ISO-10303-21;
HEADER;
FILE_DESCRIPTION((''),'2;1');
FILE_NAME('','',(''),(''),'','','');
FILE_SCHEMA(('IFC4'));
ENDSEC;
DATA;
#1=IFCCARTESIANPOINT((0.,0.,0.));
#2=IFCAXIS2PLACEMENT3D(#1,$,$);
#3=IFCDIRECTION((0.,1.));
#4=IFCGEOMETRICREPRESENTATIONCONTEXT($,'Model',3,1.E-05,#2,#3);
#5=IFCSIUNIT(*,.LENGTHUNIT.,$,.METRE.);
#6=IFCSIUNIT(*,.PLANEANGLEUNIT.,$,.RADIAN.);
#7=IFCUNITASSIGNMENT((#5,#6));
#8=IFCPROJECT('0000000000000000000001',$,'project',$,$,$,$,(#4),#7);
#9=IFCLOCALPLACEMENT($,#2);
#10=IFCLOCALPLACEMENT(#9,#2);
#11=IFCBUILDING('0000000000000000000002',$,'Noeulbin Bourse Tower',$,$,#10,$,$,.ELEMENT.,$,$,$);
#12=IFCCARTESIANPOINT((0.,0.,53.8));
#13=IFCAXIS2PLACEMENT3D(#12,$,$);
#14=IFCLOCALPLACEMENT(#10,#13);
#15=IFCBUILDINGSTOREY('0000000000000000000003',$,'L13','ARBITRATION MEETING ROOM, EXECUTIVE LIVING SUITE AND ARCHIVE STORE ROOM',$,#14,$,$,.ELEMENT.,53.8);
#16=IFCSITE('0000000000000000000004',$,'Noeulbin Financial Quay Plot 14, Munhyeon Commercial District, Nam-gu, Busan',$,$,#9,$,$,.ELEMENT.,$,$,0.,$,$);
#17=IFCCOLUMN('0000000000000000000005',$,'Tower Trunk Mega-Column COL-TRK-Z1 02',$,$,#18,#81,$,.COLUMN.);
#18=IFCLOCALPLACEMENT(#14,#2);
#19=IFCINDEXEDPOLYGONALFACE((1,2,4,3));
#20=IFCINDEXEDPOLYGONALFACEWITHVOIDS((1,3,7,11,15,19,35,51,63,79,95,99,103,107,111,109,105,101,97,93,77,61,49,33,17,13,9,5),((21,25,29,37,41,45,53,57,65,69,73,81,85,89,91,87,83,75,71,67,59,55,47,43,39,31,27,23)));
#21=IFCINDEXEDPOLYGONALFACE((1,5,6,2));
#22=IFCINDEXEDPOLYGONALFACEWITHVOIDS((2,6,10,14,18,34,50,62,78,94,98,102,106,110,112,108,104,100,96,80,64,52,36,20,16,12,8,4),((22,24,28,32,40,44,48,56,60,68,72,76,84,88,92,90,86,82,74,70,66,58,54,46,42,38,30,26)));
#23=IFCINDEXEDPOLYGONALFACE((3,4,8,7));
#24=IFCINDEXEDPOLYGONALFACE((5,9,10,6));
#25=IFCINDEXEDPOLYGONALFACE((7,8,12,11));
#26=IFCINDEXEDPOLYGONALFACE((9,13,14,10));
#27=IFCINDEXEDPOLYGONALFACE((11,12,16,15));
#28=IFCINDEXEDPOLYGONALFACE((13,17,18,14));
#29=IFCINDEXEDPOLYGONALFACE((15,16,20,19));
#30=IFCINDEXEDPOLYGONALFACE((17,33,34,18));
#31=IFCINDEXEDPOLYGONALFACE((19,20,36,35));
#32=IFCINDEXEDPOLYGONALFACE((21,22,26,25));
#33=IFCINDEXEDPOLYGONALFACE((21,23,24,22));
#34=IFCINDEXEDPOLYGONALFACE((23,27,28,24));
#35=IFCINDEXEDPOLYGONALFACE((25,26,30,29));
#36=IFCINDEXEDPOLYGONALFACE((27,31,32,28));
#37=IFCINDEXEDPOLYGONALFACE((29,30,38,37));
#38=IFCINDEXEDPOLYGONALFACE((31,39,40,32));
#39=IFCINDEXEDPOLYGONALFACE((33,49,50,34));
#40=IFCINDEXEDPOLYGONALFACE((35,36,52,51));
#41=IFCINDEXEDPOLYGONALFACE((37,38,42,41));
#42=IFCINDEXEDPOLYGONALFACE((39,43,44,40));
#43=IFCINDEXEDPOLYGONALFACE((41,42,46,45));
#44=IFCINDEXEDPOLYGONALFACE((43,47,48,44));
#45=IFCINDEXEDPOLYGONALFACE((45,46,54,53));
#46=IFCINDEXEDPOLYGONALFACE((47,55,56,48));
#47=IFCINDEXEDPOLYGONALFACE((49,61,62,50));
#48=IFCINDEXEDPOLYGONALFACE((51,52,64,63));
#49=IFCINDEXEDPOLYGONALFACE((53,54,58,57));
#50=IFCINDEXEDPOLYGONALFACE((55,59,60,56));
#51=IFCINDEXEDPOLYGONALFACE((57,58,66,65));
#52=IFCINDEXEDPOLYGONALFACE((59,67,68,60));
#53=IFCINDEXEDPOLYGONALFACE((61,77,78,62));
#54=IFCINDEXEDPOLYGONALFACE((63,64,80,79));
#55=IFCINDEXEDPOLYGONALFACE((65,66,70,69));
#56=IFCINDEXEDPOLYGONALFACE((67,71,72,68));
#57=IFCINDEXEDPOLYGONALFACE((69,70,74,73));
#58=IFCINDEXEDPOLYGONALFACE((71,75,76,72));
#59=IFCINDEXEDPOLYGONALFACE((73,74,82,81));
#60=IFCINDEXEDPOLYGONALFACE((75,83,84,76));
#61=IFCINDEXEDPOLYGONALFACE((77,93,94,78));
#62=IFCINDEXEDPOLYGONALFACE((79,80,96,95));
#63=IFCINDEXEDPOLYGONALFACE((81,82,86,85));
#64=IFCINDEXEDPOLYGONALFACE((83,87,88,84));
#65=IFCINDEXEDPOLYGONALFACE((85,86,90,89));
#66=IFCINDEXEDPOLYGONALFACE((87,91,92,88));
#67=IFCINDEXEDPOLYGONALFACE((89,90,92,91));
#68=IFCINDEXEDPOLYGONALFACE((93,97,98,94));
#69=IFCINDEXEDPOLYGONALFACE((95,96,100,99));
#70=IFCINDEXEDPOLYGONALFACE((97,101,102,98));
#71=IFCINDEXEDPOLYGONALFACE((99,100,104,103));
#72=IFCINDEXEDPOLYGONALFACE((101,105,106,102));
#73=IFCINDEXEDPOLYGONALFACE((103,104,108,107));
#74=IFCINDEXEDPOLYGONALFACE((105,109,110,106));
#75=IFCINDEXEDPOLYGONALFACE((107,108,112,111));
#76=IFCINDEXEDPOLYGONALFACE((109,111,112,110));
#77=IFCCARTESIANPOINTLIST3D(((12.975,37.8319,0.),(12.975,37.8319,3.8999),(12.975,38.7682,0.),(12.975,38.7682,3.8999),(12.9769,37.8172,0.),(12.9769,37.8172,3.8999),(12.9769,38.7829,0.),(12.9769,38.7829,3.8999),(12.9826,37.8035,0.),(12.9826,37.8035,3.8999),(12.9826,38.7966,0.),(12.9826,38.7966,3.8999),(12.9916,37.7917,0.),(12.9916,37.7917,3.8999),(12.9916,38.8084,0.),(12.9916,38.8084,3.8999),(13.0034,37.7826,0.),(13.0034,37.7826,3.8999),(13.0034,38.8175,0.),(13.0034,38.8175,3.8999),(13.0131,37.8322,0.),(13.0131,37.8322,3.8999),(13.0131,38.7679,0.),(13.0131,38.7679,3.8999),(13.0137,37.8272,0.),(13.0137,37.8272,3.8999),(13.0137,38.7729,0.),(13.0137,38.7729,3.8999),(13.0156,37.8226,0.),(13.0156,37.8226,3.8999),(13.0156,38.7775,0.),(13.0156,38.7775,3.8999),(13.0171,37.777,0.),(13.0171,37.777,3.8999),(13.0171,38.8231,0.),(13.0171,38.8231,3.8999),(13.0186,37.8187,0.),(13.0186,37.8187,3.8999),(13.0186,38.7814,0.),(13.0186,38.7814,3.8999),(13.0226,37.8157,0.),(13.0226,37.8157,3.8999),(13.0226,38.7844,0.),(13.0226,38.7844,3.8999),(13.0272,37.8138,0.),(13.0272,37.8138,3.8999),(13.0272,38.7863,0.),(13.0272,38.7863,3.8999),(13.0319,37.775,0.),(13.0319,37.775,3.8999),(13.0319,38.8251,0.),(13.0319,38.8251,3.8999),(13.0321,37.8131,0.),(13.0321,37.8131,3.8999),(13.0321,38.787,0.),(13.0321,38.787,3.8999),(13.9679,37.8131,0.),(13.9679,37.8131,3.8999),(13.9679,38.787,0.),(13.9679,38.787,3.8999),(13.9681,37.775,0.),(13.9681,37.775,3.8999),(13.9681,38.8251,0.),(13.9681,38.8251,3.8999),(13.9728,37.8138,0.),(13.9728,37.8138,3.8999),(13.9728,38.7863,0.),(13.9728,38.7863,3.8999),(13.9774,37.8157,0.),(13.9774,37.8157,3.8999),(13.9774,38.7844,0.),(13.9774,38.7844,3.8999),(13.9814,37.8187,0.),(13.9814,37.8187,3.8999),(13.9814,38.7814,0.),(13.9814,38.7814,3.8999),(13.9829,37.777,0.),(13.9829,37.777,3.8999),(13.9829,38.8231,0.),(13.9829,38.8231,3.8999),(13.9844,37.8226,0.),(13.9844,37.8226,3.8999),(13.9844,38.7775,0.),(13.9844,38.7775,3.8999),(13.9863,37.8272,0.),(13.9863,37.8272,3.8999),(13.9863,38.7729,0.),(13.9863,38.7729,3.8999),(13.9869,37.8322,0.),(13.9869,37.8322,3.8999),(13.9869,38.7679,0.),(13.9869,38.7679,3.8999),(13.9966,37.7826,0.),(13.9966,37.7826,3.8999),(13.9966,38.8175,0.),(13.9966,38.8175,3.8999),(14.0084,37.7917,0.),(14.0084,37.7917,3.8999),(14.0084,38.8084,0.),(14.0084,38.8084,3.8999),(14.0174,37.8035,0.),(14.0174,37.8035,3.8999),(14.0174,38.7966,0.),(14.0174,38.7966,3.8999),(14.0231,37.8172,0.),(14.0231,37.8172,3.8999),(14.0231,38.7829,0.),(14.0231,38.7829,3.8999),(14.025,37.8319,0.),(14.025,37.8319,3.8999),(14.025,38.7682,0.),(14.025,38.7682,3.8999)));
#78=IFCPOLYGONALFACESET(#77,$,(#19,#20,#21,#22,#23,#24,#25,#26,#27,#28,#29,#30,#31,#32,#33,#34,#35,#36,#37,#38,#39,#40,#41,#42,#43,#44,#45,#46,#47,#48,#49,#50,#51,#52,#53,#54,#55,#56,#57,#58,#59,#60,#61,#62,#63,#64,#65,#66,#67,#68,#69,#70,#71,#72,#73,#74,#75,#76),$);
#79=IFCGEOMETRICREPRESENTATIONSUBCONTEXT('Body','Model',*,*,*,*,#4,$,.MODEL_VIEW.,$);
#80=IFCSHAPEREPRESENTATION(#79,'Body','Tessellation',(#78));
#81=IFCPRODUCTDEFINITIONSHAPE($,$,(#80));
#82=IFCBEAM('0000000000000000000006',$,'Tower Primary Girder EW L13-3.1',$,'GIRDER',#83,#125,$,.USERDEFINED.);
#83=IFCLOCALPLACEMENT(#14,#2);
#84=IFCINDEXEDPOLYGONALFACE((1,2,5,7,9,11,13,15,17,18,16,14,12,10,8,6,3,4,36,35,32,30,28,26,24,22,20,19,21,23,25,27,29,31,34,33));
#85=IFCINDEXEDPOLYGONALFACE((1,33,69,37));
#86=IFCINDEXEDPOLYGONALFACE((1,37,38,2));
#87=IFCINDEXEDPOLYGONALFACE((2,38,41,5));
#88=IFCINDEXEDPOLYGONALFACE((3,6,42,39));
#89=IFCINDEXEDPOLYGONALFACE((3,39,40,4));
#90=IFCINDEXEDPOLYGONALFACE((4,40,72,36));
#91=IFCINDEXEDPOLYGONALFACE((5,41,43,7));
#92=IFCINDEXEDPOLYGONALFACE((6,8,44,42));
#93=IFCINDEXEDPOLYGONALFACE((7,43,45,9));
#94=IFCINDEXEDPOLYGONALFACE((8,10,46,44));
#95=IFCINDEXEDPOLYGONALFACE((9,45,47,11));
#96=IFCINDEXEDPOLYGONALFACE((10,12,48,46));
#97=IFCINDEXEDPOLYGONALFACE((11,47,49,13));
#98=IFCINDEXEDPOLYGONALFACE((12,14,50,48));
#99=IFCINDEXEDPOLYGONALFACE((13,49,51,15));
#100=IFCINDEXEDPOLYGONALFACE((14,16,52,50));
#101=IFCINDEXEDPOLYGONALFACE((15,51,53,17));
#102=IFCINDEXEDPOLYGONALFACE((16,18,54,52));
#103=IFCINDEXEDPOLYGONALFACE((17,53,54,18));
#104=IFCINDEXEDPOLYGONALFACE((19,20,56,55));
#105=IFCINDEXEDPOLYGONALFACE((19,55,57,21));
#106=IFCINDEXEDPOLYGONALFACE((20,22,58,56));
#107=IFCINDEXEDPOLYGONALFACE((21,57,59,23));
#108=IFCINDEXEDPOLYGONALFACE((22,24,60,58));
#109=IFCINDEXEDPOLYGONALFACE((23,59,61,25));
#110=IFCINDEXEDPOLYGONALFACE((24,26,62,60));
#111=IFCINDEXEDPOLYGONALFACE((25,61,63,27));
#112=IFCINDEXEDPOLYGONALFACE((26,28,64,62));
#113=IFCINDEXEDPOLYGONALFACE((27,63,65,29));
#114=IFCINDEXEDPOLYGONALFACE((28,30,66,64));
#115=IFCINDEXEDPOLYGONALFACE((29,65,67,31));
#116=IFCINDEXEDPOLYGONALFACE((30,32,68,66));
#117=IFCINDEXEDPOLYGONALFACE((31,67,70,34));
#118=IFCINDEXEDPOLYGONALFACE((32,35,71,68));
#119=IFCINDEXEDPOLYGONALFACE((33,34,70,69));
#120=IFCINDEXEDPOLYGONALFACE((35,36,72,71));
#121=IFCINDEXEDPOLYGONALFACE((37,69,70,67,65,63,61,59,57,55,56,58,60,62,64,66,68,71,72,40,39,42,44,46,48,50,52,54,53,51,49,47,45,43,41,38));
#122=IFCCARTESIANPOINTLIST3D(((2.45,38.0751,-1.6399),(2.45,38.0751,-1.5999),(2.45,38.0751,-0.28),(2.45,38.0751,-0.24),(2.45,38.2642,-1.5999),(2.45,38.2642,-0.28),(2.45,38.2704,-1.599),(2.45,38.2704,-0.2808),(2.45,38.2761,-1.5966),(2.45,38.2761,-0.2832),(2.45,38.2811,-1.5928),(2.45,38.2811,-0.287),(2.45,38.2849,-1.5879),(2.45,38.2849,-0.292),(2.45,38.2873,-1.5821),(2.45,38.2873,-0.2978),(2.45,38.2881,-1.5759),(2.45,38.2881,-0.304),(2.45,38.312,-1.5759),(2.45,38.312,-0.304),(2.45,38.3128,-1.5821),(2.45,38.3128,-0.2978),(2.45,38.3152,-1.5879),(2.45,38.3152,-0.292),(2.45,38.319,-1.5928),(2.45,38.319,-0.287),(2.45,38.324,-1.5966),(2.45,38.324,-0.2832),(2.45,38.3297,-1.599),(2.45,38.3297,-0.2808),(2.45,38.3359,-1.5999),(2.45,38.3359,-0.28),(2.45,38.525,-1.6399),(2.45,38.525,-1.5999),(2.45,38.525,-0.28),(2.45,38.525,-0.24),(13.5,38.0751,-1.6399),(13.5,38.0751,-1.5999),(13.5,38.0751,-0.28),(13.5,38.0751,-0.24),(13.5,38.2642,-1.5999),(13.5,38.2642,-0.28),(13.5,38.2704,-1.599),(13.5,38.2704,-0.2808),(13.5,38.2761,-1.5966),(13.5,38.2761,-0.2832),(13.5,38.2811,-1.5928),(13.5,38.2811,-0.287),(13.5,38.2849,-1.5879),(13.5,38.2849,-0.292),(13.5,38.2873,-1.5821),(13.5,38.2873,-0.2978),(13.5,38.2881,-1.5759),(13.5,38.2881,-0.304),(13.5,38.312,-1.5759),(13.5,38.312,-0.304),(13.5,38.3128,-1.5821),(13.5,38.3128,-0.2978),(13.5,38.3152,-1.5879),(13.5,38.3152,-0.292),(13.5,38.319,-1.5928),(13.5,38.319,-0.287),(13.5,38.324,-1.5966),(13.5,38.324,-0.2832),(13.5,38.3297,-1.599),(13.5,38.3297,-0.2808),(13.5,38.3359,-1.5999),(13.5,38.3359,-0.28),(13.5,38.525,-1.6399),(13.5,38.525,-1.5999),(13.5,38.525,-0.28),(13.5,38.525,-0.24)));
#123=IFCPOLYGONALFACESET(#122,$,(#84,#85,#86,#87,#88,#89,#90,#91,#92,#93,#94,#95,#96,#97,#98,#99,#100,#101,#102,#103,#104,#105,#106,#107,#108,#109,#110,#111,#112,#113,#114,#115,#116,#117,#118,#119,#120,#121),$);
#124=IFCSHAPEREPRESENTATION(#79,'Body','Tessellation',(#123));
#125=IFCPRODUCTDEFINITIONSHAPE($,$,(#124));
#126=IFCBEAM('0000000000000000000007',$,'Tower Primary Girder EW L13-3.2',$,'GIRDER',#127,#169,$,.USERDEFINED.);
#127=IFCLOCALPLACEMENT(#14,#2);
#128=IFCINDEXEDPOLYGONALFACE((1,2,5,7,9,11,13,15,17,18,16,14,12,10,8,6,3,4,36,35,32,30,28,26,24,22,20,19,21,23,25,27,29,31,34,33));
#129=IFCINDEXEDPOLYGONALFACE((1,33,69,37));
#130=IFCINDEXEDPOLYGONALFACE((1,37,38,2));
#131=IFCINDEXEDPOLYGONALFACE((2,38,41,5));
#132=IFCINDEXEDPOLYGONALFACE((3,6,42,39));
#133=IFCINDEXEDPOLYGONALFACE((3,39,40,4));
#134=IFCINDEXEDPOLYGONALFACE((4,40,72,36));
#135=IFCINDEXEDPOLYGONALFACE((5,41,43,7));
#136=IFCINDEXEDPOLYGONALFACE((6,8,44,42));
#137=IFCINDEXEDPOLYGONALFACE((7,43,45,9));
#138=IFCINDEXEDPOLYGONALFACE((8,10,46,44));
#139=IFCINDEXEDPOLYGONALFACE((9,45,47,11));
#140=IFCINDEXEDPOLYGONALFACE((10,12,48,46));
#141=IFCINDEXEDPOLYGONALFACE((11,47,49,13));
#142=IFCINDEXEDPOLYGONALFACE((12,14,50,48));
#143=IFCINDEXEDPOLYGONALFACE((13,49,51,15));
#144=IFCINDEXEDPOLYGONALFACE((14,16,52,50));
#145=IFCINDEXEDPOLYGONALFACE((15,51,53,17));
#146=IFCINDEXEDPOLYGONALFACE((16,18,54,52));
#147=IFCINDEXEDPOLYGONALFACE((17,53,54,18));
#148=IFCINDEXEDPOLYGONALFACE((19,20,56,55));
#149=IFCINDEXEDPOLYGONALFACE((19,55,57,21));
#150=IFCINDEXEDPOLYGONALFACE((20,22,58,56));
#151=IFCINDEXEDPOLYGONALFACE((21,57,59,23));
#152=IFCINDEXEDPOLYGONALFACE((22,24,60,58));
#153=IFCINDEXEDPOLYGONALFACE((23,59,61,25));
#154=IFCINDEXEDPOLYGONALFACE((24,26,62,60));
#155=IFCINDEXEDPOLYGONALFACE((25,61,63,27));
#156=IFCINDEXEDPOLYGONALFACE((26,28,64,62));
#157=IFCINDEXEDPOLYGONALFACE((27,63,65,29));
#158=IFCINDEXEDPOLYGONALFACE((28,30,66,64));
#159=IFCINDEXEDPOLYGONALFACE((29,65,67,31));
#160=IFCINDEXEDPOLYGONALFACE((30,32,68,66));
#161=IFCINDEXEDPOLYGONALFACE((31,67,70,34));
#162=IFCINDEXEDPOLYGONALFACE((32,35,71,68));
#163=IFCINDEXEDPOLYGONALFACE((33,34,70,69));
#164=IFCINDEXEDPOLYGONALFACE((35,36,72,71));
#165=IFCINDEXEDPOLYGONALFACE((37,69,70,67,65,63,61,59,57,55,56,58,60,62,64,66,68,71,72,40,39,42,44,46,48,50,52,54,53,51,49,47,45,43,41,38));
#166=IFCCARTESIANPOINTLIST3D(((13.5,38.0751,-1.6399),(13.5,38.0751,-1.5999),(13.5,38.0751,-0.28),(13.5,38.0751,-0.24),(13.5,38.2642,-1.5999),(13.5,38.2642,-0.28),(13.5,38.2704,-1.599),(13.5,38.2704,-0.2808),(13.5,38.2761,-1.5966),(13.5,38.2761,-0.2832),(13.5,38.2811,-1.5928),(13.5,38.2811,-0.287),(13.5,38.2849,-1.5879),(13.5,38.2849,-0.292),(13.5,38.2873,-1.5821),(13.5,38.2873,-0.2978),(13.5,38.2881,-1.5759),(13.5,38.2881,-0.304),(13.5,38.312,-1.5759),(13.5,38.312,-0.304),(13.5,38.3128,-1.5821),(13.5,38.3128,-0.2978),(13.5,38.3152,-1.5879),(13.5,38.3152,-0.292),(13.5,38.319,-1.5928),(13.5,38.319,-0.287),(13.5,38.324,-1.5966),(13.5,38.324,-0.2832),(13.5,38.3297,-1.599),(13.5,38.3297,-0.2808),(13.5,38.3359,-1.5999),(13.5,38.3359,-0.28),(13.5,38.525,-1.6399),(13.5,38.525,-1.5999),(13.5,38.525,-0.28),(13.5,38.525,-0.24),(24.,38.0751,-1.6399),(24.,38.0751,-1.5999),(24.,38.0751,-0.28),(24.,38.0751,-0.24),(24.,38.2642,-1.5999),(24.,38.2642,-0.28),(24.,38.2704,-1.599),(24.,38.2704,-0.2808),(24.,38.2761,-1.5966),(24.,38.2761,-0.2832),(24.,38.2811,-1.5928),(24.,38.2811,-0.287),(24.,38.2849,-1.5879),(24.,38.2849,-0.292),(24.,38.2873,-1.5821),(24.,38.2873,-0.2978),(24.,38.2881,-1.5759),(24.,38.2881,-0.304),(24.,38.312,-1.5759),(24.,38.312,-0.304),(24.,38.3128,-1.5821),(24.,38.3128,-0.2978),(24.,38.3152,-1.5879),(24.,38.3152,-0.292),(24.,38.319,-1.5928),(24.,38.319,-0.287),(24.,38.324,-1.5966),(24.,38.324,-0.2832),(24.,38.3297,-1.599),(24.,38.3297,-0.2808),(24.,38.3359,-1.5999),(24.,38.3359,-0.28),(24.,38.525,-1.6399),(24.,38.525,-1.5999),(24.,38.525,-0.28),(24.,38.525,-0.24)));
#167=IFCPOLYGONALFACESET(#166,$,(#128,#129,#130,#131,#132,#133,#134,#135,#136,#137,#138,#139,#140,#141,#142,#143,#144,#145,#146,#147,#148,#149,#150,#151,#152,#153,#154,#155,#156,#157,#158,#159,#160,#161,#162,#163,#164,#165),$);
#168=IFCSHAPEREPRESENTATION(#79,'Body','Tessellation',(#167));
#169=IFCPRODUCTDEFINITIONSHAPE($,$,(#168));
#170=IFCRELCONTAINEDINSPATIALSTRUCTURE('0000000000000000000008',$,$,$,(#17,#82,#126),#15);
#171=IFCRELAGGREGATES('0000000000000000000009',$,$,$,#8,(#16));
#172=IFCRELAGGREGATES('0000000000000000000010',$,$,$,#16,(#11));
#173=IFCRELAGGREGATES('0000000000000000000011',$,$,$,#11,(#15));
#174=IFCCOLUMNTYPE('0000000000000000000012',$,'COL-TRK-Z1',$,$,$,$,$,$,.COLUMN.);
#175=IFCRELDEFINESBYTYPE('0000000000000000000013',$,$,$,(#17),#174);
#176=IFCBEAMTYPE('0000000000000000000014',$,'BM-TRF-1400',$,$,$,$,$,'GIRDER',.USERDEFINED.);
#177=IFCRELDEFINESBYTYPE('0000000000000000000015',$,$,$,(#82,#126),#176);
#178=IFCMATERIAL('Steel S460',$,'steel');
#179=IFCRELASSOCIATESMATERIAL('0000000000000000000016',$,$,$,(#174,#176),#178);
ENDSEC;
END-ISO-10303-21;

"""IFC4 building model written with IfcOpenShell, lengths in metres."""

from ifc_helpers import new_model, si_unit, direction, frame, origin, origin_2d, place, context, subcontext, project, spatial, hollow_rectangle, i_section, extrude, material, material_profile, profile_set, type_object, element, save


model = new_model("IFC4")

# Units and contexts
model_context = context("Model", 3, precision=1e-05, world=origin(), true_north=direction((0.0, 1.0)))
body_context = subcontext(model_context, "Body", "Model", "MODEL_VIEW")
ifc_project = project(units=[si_unit("LENGTHUNIT", "METRE"), si_unit("PLANEANGLEUNIT", "RADIAN")], contexts=[model_context])

# Site, building, storey
site_placement = place(None, origin())
site = spatial("IfcSite", under=ifc_project, at=site_placement, Name="Noeulbin Financial Quay Plot 14, Munhyeon Commercial District, Nam-gu, Busan", CompositionType="ELEMENT", RefElevation=0.0)
building_placement = place(site_placement, origin())
building = spatial("IfcBuilding", under=site, at=building_placement, Name="Noeulbin Bourse Tower", CompositionType="ELEMENT")
storey_placement = place(building_placement, frame((0.0, 0.0, 53.8)))
storey = spatial("IfcBuildingStorey", under=building, at=storey_placement, Name="L13", Description="ARBITRATION MEETING ROOM, EXECUTIVE LIVING SUITE AND ARCHIVE STORE ROOM", CompositionType="ELEMENT", Elevation=53.8)

# Column
ifc_material_1 = material(Name="Steel S460", Category="steel")
ifc_material_profile_1 = material_profile(ifc_material_1, hollow_rectangle(XDim=1.05, YDim=1.05, WallThickness=0.0381, InnerFilletRadius=0.019, OuterFilletRadius=0.0569, at=origin_2d()), Name="BOX-1050x1050x38", Category="LoadBearing")
ifc_profile_set_1 = profile_set([ifc_material_profile_1], Name="Steel S460")
column_type_1 = type_object("IfcColumnType", Name="COL-TRK-Z1", PredefinedType="COLUMN", material=ifc_profile_set_1)
column_placement = place(storey_placement, frame((13.5, 38.3, 0.0), z_axis=(0.0, 0.0, 1.0), x_axis=(1.0, 0.0, 0.0)))
element("IfcColumn", 1, at=column_placement, inside=storey, type_object=column_type_1, Name="Tower Trunk Mega-Column COL-TRK-Z1 02", PredefinedType="COLUMN", context=body_context, shape_type="SweptSolid", body=[
    extrude(hollow_rectangle(XDim=1.05, YDim=1.05, WallThickness=0.0381, InnerFilletRadius=0.019, OuterFilletRadius=0.0569, at=origin_2d()), origin(), (0.0, 0.0, 1.0), 3.8999),
])

# Beams
ifc_material_profile_2 = material_profile(ifc_material_1, i_section(OverallWidth=0.45, OverallDepth=1.3999, WebThickness=0.0239, FlangeThickness=0.04, FilletRadius=0.0239, at=origin_2d()), Name="PG-1400x450x24x40", Category="LoadBearing")
ifc_profile_set_2 = profile_set([ifc_material_profile_2], Name="Steel S460")
beam_type = type_object("IfcBeamType", Name="BM-TRF-1400", ElementType="GIRDER", PredefinedType="USERDEFINED", material=ifc_profile_set_2)
beam_1_placement = place(storey_placement, frame((2.45, 38.3, -0.9399), z_axis=(1.0, 0.0, 0.0), x_axis=(0.0, 1.0, 0.0)))
element("IfcBeam", 2, at=beam_1_placement, inside=storey, type_object=beam_type, Name="Tower Primary Girder EW L13-3.1", ObjectType="GIRDER", PredefinedType="USERDEFINED", context=body_context, shape_type="SweptSolid", body=[
    extrude(i_section(OverallWidth=0.45, OverallDepth=1.3999, WebThickness=0.0239, FlangeThickness=0.04, FilletRadius=0.0239, at=origin_2d()), origin(), (0.0, 0.0, 1.0), 11.05),
])
beam_2_placement = place(storey_placement, frame((13.5, 38.3, -0.9399), z_axis=(1.0, 0.0, 0.0), x_axis=(0.0, 1.0, 0.0)))
element("IfcBeam", 3, at=beam_2_placement, inside=storey, type_object=beam_type, Name="Tower Primary Girder EW L13-3.2", ObjectType="GIRDER", PredefinedType="USERDEFINED", context=body_context, shape_type="SweptSolid", body=[
    extrude(i_section(OverallWidth=0.45, OverallDepth=1.3999, WebThickness=0.0239, FlangeThickness=0.04, FilletRadius=0.0239, at=origin_2d()), origin(), (0.0, 0.0, 1.0), 10.5),
])

save(model, "model.ifc")
